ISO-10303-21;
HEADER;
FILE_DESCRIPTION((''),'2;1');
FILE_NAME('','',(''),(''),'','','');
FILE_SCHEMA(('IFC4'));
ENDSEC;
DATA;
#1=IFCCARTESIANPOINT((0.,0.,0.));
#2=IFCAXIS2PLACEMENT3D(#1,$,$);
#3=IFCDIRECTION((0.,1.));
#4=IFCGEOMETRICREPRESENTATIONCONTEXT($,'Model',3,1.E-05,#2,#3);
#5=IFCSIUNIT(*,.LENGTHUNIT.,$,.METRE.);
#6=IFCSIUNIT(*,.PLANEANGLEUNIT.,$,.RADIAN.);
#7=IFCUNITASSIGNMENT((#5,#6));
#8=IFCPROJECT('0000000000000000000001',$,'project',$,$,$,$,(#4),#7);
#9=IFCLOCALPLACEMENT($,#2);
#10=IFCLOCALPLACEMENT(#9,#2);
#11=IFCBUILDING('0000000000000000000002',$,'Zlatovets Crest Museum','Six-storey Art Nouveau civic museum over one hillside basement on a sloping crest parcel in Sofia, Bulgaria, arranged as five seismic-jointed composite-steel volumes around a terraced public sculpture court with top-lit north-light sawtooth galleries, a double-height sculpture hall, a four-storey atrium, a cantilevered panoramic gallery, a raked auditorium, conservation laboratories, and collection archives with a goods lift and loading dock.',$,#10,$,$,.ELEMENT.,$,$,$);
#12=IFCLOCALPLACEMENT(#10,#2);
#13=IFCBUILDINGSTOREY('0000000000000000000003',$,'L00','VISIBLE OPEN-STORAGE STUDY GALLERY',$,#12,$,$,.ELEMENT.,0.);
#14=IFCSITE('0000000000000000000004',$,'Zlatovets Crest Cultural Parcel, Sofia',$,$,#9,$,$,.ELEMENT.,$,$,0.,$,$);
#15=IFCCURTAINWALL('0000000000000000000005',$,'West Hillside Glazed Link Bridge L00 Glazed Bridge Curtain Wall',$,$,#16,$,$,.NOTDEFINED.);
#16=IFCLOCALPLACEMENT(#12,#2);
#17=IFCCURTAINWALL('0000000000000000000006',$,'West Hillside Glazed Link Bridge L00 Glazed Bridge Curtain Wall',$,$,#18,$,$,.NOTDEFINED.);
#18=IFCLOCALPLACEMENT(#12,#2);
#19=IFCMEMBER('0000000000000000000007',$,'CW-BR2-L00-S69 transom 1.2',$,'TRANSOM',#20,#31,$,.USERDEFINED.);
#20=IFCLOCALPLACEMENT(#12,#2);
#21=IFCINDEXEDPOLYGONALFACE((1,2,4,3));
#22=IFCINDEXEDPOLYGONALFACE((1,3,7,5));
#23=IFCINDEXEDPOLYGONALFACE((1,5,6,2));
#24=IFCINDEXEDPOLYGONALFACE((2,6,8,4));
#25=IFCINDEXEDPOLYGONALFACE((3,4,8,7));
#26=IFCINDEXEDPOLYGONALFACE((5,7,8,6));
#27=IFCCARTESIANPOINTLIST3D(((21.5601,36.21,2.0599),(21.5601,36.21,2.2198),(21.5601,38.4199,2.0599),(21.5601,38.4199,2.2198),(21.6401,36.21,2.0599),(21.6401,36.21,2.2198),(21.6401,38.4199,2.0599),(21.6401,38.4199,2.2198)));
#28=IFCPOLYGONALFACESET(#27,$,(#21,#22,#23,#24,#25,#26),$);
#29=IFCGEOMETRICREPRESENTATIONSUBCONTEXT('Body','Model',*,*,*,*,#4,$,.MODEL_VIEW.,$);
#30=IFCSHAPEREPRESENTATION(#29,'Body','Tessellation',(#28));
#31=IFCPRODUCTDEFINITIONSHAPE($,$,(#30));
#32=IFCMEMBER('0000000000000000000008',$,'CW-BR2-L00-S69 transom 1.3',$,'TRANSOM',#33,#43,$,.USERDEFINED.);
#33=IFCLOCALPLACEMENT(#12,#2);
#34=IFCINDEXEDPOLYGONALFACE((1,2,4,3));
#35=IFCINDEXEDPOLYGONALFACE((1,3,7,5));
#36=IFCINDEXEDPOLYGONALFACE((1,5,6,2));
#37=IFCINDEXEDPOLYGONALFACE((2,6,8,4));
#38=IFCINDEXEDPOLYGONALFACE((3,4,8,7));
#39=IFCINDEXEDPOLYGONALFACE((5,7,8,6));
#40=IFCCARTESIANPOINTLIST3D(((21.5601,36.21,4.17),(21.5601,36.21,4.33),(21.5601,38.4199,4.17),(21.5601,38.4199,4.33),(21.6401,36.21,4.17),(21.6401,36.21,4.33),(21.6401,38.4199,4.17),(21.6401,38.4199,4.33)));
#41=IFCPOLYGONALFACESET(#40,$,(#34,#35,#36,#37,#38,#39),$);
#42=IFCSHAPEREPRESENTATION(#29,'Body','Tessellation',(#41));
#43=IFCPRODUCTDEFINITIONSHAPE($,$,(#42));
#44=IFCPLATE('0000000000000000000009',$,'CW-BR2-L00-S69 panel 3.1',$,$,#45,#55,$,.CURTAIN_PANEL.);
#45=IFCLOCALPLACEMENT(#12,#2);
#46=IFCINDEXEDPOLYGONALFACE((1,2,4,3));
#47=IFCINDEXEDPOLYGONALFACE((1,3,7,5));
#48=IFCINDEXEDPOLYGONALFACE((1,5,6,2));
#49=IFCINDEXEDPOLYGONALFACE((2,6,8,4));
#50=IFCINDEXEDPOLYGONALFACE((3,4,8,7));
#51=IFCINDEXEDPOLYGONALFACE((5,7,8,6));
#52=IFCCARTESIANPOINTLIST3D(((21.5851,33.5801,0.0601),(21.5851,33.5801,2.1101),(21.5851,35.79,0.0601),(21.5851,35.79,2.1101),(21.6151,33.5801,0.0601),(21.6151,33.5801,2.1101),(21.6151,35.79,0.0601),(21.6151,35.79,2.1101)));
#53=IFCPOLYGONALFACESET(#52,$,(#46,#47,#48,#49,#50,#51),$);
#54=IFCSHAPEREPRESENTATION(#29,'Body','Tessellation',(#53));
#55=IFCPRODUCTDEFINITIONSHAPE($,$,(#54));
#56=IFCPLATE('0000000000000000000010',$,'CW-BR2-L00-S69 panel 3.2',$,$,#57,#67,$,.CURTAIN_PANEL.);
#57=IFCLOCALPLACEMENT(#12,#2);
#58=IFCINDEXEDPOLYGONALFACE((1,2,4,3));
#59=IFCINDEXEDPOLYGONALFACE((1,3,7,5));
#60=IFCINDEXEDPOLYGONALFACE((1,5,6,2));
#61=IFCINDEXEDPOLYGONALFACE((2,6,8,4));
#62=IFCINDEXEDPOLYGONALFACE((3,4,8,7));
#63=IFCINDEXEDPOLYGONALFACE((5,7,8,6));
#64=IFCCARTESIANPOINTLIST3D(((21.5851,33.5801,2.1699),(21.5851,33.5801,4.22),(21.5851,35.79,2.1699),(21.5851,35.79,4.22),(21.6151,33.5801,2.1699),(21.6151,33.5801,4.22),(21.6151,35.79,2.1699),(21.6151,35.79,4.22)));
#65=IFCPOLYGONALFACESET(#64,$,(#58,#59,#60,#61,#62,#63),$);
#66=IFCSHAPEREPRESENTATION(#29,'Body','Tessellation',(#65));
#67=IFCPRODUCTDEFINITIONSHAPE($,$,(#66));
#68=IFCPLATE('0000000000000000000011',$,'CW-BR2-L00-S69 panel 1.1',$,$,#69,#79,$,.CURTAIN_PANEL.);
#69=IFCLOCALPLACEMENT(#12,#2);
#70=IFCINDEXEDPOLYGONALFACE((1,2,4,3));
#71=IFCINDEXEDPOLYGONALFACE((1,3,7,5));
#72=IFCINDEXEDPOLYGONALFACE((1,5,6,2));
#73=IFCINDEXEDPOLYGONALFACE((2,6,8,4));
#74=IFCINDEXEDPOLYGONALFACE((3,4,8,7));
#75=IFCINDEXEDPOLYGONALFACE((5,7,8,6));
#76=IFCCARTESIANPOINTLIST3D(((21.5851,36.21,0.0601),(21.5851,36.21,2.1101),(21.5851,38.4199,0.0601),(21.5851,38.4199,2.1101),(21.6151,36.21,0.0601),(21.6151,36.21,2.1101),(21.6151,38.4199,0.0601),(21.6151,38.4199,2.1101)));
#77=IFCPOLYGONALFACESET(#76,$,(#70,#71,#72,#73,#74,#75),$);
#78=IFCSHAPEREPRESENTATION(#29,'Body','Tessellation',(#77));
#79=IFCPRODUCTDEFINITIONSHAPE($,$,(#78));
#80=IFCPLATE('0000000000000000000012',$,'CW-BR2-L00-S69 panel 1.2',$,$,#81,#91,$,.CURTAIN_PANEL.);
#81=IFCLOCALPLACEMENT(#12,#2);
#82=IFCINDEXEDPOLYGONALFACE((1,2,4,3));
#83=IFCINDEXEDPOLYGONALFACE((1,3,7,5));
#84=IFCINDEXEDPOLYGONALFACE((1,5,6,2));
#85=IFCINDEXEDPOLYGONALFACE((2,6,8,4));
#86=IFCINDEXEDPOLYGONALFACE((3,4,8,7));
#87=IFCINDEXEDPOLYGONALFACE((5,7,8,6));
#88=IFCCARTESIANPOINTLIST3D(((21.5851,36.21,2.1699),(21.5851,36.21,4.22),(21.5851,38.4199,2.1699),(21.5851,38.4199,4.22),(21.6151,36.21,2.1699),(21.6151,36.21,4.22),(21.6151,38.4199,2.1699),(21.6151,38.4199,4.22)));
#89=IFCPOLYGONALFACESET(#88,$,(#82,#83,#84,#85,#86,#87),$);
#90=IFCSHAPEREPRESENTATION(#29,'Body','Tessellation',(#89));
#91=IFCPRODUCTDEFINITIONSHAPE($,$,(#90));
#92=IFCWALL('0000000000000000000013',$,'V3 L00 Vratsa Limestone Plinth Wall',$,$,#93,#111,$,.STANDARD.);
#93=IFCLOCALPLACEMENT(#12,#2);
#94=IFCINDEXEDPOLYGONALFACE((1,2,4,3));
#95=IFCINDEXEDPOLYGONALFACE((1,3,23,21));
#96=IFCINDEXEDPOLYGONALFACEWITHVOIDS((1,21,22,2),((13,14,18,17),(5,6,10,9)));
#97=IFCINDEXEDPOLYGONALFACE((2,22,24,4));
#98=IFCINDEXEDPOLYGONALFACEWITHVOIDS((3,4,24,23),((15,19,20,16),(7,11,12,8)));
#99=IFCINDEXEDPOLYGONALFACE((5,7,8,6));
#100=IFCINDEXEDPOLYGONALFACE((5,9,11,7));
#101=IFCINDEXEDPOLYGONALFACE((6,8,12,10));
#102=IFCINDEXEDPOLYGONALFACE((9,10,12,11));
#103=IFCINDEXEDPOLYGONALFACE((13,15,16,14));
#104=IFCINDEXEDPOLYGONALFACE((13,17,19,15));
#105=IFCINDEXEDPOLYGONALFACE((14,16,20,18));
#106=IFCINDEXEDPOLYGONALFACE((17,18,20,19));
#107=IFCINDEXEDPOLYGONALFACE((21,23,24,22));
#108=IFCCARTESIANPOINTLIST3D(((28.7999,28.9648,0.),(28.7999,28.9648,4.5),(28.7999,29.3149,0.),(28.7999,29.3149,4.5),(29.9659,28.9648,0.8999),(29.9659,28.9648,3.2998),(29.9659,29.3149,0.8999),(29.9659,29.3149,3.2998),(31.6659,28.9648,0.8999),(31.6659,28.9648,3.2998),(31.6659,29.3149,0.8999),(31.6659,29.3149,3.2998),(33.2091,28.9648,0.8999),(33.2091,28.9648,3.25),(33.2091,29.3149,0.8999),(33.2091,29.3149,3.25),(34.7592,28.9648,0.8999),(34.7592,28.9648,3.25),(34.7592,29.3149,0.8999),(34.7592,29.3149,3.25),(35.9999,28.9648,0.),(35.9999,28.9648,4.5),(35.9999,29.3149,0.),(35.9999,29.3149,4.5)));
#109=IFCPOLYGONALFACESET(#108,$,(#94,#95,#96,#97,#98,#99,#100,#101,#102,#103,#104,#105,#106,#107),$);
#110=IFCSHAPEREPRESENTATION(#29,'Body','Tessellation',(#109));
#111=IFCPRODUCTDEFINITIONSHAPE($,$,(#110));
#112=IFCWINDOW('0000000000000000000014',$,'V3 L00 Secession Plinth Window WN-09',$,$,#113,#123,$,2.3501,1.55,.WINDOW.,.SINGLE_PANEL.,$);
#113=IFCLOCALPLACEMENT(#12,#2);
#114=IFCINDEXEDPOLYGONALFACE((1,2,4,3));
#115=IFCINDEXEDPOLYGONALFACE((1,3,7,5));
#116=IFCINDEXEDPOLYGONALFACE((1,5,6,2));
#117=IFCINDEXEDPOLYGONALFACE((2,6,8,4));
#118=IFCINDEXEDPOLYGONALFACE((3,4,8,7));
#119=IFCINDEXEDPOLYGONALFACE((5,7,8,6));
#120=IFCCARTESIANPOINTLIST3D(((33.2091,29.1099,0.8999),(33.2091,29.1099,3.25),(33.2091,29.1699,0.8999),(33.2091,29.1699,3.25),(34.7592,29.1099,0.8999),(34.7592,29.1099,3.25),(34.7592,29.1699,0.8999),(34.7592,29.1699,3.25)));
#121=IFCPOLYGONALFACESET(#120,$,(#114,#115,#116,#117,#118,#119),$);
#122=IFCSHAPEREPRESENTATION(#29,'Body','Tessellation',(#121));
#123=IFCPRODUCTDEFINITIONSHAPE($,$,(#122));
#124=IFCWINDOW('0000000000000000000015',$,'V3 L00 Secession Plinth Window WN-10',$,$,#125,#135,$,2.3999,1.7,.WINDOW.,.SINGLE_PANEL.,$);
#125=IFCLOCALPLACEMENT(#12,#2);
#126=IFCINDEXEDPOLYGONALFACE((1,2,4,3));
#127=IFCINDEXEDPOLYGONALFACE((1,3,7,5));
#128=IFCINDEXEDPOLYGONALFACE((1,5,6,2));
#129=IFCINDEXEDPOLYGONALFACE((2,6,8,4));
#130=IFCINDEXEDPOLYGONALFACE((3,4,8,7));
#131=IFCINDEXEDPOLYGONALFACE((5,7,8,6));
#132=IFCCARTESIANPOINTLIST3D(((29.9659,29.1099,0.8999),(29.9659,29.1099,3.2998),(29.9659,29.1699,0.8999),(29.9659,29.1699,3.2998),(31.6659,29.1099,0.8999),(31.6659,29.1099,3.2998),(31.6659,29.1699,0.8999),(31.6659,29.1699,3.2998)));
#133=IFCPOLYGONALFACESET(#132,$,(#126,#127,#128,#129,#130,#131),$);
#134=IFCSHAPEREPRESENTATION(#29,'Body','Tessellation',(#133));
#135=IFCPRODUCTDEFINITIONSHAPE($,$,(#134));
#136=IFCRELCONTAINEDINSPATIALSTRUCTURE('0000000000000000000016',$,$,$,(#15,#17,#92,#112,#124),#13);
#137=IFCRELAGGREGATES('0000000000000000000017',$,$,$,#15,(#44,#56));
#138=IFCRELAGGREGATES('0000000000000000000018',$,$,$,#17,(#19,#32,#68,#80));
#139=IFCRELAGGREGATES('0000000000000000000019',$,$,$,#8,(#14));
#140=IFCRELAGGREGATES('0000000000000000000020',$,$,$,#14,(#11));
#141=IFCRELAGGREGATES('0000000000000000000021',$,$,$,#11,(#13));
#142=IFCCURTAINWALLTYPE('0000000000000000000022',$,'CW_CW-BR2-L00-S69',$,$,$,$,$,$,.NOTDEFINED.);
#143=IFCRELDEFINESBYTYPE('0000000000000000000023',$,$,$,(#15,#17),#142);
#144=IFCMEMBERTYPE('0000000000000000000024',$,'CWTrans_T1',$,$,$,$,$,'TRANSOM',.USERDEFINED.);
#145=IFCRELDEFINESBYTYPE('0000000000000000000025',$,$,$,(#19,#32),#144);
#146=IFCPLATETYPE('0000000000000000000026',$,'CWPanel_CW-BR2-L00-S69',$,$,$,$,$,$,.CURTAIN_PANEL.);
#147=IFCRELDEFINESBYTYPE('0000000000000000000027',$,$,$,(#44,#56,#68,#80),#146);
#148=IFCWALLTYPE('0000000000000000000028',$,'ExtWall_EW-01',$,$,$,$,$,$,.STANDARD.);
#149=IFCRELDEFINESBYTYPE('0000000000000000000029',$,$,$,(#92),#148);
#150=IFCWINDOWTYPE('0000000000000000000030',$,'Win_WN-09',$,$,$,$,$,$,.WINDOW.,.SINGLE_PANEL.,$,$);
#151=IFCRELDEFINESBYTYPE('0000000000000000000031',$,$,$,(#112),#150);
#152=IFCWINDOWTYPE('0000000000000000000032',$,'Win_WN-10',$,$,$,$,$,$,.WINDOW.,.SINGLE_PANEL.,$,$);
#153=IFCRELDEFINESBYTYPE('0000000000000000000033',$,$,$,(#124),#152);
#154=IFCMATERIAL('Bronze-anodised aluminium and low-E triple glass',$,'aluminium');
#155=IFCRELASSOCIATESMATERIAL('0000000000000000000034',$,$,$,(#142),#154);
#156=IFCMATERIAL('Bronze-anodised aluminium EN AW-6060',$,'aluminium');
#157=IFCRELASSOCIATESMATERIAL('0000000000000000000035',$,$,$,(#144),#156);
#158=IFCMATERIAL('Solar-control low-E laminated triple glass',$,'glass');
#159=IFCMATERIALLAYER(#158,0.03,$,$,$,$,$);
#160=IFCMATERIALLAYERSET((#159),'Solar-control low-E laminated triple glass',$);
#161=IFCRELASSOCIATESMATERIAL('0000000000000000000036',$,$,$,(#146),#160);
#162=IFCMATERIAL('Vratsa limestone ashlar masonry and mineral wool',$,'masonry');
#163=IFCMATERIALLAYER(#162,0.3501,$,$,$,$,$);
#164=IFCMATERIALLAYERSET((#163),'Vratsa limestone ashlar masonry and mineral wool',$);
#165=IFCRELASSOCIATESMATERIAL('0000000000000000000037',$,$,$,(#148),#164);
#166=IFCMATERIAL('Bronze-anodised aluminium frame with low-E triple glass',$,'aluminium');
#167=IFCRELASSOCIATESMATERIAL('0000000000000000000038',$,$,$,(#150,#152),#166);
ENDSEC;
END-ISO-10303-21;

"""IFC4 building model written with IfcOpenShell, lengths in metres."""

from ifc_helpers import new_model, si_unit, direction, frame, frame_2d, origin, origin_2d, place, context, subcontext, project, spatial, rectangle, extrude, material, layer, layer_set, material_profile, profile_set, type_object, element, fill, aggregate, save


model = new_model("IFC4")

# Units and contexts
model_context = context("Model", 3, precision=1e-05, world=origin(), true_north=direction((0.0, 1.0)))
body_context = subcontext(model_context, "Body", "Model", "MODEL_VIEW")
ifc_project = project(units=[si_unit("LENGTHUNIT", "METRE"), si_unit("PLANEANGLEUNIT", "RADIAN")], contexts=[model_context])

# Site, building, storey
site_placement = place(None, origin())
site = spatial("IfcSite", under=ifc_project, at=site_placement, Name="Zlatovets Crest Cultural Parcel, Sofia", CompositionType="ELEMENT", RefElevation=0.0)
building_placement = place(site_placement, origin())
building = spatial("IfcBuilding", under=site, at=building_placement, Name="Zlatovets Crest Museum", Description="Six-storey Art Nouveau civic museum over one hillside basement on a sloping crest parcel in Sofia, Bulgaria, arranged as five seismic-jointed composite-steel volumes around a terraced public sculpture court with top-lit north-light sawtooth galleries, a double-height sculpture hall, a four-storey atrium, a cantilevered panoramic gallery, a raked auditorium, conservation laboratories, and collection archives with a goods lift and loading dock.", CompositionType="ELEMENT")
storey_placement = place(building_placement, origin())
storey = spatial("IfcBuildingStorey", under=building, at=storey_placement, Name="L00", Description="VISIBLE OPEN-STORAGE STUDY GALLERY", CompositionType="ELEMENT", Elevation=0.0)

# Curtain wall
ifc_material_1 = material(Name="Bronze-anodised aluminium and low-E triple glass", Category="aluminium")
curtain_wall_type = type_object("IfcCurtainWallType", Name="CW_CW-BR2-L00-S69", PredefinedType="NOTDEFINED", material=ifc_material_1)
curtain_wall_1_placement = place(storey_placement, origin())
curtain_wall_1 = element("IfcCurtainWall", 1, at=curtain_wall_1_placement, inside=storey, type_object=curtain_wall_type, Name="West Hillside Glazed Link Bridge L00 Glazed Bridge Curtain Wall", PredefinedType="NOTDEFINED")
ifc_material_2 = material(Name="Bronze-anodised aluminium EN AW-6060", Category="aluminium")

# Curtain wall
curtain_wall_2_placement = place(storey_placement, origin())
curtain_wall_2 = element("IfcCurtainWall", 2, at=curtain_wall_2_placement, inside=storey, type_object=curtain_wall_type, Name="West Hillside Glazed Link Bridge L00 Glazed Bridge Curtain Wall", PredefinedType="NOTDEFINED")

# Members
ifc_material_profile_1 = material_profile(ifc_material_2, rectangle(XDim=0.0801, YDim=0.1599, at=origin_2d()), Name="ALU 80x160")
ifc_profile_set_1 = profile_set([ifc_material_profile_1], Name="Bronze-anodised aluminium EN AW-6060")
member_type_1 = type_object("IfcMemberType", Name="CWTrans_T1", ElementType="TRANSOM", PredefinedType="USERDEFINED", material=ifc_profile_set_1)
member_1_placement = place(storey_placement, frame((21.6001, 36.21, 2.1399), z_axis=(0.0, 1.0, 0.0), x_axis=(-1.0, 0.0, 0.0)))
member_1 = element("IfcMember", 3, at=member_1_placement, type_object=member_type_1, Name="CW-BR2-L00-S69 transom 1.2", ObjectType="TRANSOM", PredefinedType="USERDEFINED", context=body_context, shape_type="SweptSolid", body=[
    extrude(rectangle(XDim=0.0801, YDim=0.1599, at=origin_2d()), origin(), (0.0, 0.0, 1.0), 2.21),
])
member_2_placement = place(storey_placement, frame((21.6001, 36.21, 4.25), z_axis=(0.0, 1.0, 0.0), x_axis=(-1.0, 0.0, 0.0)))
member_2 = element("IfcMember", 4, at=member_2_placement, type_object=member_type_1, Name="CW-BR2-L00-S69 transom 1.3", ObjectType="TRANSOM", PredefinedType="USERDEFINED", context=body_context, shape_type="SweptSolid", body=[
    extrude(rectangle(XDim=0.0801, YDim=0.1599, at=origin_2d()), origin(), (0.0, 0.0, 1.0), 2.21),
])

# Plates
ifc_material_3 = material(Name="Solar-control low-E laminated triple glass", Category="glass")
ifc_layer_1 = layer(ifc_material_3, 0.03)
ifc_layer_set_1 = layer_set([ifc_layer_1], Name="Solar-control low-E laminated triple glass")
plate_type = type_object("IfcPlateType", Name="CWPanel_CW-BR2-L00-S69", PredefinedType="CURTAIN_PANEL", material=ifc_layer_set_1)
plate_1_placement = place(storey_placement, frame((21.6001, 34.6851, 0.0601), z_axis=(0.0, 0.0, 1.0), x_axis=(0.0, 1.0, 0.0)))
plate_1 = element("IfcPlate", 5, at=plate_1_placement, type_object=plate_type, Name="CW-BR2-L00-S69 panel 3.1", PredefinedType="CURTAIN_PANEL", context=body_context, shape_type="SweptSolid", body=[
    extrude(rectangle(XDim=2.21, YDim=0.03, at=origin_2d()), origin(), (0.0, 0.0, 1.0), 2.05),
])
plate_2_placement = place(storey_placement, frame((21.6001, 34.6851, 2.1699), z_axis=(0.0, 0.0, 1.0), x_axis=(0.0, 1.0, 0.0)))
plate_2 = element("IfcPlate", 6, at=plate_2_placement, type_object=plate_type, Name="CW-BR2-L00-S69 panel 3.2", PredefinedType="CURTAIN_PANEL", context=body_context, shape_type="SweptSolid", body=[
    extrude(rectangle(XDim=2.21, YDim=0.03, at=origin_2d()), origin(), (0.0, 0.0, 1.0), 2.05),
])
aggregate(curtain_wall_1, [plate_1, plate_2])
plate_3_placement = place(storey_placement, frame((21.6001, 37.3149, 0.0601), z_axis=(0.0, 0.0, 1.0), x_axis=(0.0, 1.0, 0.0)))
plate_3 = element("IfcPlate", 7, at=plate_3_placement, type_object=plate_type, Name="CW-BR2-L00-S69 panel 1.1", PredefinedType="CURTAIN_PANEL", context=body_context, shape_type="SweptSolid", body=[
    extrude(rectangle(XDim=2.21, YDim=0.03, at=origin_2d()), origin(), (0.0, 0.0, 1.0), 2.05),
])
plate_4_placement = place(storey_placement, frame((21.6001, 37.3149, 2.1699), z_axis=(0.0, 0.0, 1.0), x_axis=(0.0, 1.0, 0.0)))
plate_4 = element("IfcPlate", 8, at=plate_4_placement, type_object=plate_type, Name="CW-BR2-L00-S69 panel 1.2", PredefinedType="CURTAIN_PANEL", context=body_context, shape_type="SweptSolid", body=[
    extrude(rectangle(XDim=2.21, YDim=0.03, at=origin_2d()), origin(), (0.0, 0.0, 1.0), 2.05),
])
aggregate(curtain_wall_2, [member_1, member_2, plate_3, plate_4])

# Wall, openings, windows
ifc_material_4 = material(Name="Vratsa limestone ashlar masonry and mineral wool", Category="masonry")
ifc_layer_2 = layer(ifc_material_4, 0.3501)
ifc_layer_set_2 = layer_set([ifc_layer_2], Name="Vratsa limestone ashlar masonry and mineral wool")
wall_type = type_object("IfcWallType", Name="ExtWall_EW-01", PredefinedType="STANDARD", material=ifc_layer_set_2)
wall_1_placement = place(storey_placement, frame((36.0, 29.1399, 0.0), z_axis=(0.0, 0.0, 1.0), x_axis=(-1.0, 0.0, 0.0)))
wall_1 = element("IfcWall", 9, at=wall_1_placement, inside=storey, type_object=wall_type, Name="V3 L00 Vratsa Limestone Plinth Wall", PredefinedType="STANDARD", context=body_context, shape_type="SweptSolid", body=[
    extrude(rectangle(XDim=7.2, YDim=0.3501, at=frame_2d((3.6001, 0.0))), origin(), (0.0, 0.0, 1.0), 4.5),
])
opening_1_placement = place(wall_1_placement, frame((1.241, 0.0, 0.8999)))
opening_1 = element("IfcOpeningElement", 10, at=opening_1_placement, cuts=wall_1, PredefinedType="OPENING", context=body_context, shape_type="SweptSolid", body=[
    extrude(rectangle(XDim=1.55, YDim=2.3501, at=frame_2d((0.7749, 1.175))), frame((0.0, 0.1851, 0.0), z_axis=(0.0, -1.0, 0.0), x_axis=(1.0, 0.0, 0.0)), (0.0, 0.0, 1.0), 0.3701),
])
opening_2_placement = place(wall_1_placement, frame((4.334, 0.0, 0.8999)))
opening_2 = element("IfcOpeningElement", 11, at=opening_2_placement, cuts=wall_1, PredefinedType="OPENING", context=body_context, shape_type="SweptSolid", body=[
    extrude(rectangle(XDim=1.7, YDim=2.3999, at=frame_2d((0.8501, 1.2))), frame((0.0, 0.1851, 0.0), z_axis=(0.0, -1.0, 0.0), x_axis=(1.0, 0.0, 0.0)), (0.0, 0.0, 1.0), 0.3701),
])
ifc_material_5 = material(Name="Bronze-anodised aluminium frame with low-E triple glass", Category="aluminium")
window_type_1 = type_object("IfcWindowType", Name="Win_WN-09", PartitioningType="SINGLE_PANEL", PredefinedType="WINDOW", material=ifc_material_5)
window_1_placement = place(opening_1_placement, origin())
window_1 = element("IfcWindow", 12, at=window_1_placement, inside=storey, type_object=window_type_1, Name="V3 L00 Secession Plinth Window WN-09", OverallHeight=2.3501, OverallWidth=1.55, PartitioningType="SINGLE_PANEL", PredefinedType="WINDOW", context=body_context, shape_type="SweptSolid", body=[
    extrude(rectangle(XDim=1.55, YDim=2.3501, at=frame_2d((0.7749, 1.175))), frame((0.0, 0.03, 0.0), z_axis=(0.0, -1.0, 0.0), x_axis=(1.0, 0.0, 0.0)), (0.0, 0.0, 1.0), 0.0601),
])
fill(opening_1, window_1)
window_type_2 = type_object("IfcWindowType", Name="Win_WN-10", PartitioningType="SINGLE_PANEL", PredefinedType="WINDOW", material=ifc_material_5)
window_2_placement = place(opening_2_placement, origin())
window_2 = element("IfcWindow", 13, at=window_2_placement, inside=storey, type_object=window_type_2, Name="V3 L00 Secession Plinth Window WN-10", OverallHeight=2.3999, OverallWidth=1.7, PartitioningType="SINGLE_PANEL", PredefinedType="WINDOW", context=body_context, shape_type="SweptSolid", body=[
    extrude(rectangle(XDim=1.7, YDim=2.3999, at=frame_2d((0.8501, 1.2))), frame((0.0, 0.03, 0.0), z_axis=(0.0, -1.0, 0.0), x_axis=(1.0, 0.0, 0.0)), (0.0, 0.0, 1.0), 0.0601),
])
fill(opening_2, window_2)

save(model, "model.ifc")
